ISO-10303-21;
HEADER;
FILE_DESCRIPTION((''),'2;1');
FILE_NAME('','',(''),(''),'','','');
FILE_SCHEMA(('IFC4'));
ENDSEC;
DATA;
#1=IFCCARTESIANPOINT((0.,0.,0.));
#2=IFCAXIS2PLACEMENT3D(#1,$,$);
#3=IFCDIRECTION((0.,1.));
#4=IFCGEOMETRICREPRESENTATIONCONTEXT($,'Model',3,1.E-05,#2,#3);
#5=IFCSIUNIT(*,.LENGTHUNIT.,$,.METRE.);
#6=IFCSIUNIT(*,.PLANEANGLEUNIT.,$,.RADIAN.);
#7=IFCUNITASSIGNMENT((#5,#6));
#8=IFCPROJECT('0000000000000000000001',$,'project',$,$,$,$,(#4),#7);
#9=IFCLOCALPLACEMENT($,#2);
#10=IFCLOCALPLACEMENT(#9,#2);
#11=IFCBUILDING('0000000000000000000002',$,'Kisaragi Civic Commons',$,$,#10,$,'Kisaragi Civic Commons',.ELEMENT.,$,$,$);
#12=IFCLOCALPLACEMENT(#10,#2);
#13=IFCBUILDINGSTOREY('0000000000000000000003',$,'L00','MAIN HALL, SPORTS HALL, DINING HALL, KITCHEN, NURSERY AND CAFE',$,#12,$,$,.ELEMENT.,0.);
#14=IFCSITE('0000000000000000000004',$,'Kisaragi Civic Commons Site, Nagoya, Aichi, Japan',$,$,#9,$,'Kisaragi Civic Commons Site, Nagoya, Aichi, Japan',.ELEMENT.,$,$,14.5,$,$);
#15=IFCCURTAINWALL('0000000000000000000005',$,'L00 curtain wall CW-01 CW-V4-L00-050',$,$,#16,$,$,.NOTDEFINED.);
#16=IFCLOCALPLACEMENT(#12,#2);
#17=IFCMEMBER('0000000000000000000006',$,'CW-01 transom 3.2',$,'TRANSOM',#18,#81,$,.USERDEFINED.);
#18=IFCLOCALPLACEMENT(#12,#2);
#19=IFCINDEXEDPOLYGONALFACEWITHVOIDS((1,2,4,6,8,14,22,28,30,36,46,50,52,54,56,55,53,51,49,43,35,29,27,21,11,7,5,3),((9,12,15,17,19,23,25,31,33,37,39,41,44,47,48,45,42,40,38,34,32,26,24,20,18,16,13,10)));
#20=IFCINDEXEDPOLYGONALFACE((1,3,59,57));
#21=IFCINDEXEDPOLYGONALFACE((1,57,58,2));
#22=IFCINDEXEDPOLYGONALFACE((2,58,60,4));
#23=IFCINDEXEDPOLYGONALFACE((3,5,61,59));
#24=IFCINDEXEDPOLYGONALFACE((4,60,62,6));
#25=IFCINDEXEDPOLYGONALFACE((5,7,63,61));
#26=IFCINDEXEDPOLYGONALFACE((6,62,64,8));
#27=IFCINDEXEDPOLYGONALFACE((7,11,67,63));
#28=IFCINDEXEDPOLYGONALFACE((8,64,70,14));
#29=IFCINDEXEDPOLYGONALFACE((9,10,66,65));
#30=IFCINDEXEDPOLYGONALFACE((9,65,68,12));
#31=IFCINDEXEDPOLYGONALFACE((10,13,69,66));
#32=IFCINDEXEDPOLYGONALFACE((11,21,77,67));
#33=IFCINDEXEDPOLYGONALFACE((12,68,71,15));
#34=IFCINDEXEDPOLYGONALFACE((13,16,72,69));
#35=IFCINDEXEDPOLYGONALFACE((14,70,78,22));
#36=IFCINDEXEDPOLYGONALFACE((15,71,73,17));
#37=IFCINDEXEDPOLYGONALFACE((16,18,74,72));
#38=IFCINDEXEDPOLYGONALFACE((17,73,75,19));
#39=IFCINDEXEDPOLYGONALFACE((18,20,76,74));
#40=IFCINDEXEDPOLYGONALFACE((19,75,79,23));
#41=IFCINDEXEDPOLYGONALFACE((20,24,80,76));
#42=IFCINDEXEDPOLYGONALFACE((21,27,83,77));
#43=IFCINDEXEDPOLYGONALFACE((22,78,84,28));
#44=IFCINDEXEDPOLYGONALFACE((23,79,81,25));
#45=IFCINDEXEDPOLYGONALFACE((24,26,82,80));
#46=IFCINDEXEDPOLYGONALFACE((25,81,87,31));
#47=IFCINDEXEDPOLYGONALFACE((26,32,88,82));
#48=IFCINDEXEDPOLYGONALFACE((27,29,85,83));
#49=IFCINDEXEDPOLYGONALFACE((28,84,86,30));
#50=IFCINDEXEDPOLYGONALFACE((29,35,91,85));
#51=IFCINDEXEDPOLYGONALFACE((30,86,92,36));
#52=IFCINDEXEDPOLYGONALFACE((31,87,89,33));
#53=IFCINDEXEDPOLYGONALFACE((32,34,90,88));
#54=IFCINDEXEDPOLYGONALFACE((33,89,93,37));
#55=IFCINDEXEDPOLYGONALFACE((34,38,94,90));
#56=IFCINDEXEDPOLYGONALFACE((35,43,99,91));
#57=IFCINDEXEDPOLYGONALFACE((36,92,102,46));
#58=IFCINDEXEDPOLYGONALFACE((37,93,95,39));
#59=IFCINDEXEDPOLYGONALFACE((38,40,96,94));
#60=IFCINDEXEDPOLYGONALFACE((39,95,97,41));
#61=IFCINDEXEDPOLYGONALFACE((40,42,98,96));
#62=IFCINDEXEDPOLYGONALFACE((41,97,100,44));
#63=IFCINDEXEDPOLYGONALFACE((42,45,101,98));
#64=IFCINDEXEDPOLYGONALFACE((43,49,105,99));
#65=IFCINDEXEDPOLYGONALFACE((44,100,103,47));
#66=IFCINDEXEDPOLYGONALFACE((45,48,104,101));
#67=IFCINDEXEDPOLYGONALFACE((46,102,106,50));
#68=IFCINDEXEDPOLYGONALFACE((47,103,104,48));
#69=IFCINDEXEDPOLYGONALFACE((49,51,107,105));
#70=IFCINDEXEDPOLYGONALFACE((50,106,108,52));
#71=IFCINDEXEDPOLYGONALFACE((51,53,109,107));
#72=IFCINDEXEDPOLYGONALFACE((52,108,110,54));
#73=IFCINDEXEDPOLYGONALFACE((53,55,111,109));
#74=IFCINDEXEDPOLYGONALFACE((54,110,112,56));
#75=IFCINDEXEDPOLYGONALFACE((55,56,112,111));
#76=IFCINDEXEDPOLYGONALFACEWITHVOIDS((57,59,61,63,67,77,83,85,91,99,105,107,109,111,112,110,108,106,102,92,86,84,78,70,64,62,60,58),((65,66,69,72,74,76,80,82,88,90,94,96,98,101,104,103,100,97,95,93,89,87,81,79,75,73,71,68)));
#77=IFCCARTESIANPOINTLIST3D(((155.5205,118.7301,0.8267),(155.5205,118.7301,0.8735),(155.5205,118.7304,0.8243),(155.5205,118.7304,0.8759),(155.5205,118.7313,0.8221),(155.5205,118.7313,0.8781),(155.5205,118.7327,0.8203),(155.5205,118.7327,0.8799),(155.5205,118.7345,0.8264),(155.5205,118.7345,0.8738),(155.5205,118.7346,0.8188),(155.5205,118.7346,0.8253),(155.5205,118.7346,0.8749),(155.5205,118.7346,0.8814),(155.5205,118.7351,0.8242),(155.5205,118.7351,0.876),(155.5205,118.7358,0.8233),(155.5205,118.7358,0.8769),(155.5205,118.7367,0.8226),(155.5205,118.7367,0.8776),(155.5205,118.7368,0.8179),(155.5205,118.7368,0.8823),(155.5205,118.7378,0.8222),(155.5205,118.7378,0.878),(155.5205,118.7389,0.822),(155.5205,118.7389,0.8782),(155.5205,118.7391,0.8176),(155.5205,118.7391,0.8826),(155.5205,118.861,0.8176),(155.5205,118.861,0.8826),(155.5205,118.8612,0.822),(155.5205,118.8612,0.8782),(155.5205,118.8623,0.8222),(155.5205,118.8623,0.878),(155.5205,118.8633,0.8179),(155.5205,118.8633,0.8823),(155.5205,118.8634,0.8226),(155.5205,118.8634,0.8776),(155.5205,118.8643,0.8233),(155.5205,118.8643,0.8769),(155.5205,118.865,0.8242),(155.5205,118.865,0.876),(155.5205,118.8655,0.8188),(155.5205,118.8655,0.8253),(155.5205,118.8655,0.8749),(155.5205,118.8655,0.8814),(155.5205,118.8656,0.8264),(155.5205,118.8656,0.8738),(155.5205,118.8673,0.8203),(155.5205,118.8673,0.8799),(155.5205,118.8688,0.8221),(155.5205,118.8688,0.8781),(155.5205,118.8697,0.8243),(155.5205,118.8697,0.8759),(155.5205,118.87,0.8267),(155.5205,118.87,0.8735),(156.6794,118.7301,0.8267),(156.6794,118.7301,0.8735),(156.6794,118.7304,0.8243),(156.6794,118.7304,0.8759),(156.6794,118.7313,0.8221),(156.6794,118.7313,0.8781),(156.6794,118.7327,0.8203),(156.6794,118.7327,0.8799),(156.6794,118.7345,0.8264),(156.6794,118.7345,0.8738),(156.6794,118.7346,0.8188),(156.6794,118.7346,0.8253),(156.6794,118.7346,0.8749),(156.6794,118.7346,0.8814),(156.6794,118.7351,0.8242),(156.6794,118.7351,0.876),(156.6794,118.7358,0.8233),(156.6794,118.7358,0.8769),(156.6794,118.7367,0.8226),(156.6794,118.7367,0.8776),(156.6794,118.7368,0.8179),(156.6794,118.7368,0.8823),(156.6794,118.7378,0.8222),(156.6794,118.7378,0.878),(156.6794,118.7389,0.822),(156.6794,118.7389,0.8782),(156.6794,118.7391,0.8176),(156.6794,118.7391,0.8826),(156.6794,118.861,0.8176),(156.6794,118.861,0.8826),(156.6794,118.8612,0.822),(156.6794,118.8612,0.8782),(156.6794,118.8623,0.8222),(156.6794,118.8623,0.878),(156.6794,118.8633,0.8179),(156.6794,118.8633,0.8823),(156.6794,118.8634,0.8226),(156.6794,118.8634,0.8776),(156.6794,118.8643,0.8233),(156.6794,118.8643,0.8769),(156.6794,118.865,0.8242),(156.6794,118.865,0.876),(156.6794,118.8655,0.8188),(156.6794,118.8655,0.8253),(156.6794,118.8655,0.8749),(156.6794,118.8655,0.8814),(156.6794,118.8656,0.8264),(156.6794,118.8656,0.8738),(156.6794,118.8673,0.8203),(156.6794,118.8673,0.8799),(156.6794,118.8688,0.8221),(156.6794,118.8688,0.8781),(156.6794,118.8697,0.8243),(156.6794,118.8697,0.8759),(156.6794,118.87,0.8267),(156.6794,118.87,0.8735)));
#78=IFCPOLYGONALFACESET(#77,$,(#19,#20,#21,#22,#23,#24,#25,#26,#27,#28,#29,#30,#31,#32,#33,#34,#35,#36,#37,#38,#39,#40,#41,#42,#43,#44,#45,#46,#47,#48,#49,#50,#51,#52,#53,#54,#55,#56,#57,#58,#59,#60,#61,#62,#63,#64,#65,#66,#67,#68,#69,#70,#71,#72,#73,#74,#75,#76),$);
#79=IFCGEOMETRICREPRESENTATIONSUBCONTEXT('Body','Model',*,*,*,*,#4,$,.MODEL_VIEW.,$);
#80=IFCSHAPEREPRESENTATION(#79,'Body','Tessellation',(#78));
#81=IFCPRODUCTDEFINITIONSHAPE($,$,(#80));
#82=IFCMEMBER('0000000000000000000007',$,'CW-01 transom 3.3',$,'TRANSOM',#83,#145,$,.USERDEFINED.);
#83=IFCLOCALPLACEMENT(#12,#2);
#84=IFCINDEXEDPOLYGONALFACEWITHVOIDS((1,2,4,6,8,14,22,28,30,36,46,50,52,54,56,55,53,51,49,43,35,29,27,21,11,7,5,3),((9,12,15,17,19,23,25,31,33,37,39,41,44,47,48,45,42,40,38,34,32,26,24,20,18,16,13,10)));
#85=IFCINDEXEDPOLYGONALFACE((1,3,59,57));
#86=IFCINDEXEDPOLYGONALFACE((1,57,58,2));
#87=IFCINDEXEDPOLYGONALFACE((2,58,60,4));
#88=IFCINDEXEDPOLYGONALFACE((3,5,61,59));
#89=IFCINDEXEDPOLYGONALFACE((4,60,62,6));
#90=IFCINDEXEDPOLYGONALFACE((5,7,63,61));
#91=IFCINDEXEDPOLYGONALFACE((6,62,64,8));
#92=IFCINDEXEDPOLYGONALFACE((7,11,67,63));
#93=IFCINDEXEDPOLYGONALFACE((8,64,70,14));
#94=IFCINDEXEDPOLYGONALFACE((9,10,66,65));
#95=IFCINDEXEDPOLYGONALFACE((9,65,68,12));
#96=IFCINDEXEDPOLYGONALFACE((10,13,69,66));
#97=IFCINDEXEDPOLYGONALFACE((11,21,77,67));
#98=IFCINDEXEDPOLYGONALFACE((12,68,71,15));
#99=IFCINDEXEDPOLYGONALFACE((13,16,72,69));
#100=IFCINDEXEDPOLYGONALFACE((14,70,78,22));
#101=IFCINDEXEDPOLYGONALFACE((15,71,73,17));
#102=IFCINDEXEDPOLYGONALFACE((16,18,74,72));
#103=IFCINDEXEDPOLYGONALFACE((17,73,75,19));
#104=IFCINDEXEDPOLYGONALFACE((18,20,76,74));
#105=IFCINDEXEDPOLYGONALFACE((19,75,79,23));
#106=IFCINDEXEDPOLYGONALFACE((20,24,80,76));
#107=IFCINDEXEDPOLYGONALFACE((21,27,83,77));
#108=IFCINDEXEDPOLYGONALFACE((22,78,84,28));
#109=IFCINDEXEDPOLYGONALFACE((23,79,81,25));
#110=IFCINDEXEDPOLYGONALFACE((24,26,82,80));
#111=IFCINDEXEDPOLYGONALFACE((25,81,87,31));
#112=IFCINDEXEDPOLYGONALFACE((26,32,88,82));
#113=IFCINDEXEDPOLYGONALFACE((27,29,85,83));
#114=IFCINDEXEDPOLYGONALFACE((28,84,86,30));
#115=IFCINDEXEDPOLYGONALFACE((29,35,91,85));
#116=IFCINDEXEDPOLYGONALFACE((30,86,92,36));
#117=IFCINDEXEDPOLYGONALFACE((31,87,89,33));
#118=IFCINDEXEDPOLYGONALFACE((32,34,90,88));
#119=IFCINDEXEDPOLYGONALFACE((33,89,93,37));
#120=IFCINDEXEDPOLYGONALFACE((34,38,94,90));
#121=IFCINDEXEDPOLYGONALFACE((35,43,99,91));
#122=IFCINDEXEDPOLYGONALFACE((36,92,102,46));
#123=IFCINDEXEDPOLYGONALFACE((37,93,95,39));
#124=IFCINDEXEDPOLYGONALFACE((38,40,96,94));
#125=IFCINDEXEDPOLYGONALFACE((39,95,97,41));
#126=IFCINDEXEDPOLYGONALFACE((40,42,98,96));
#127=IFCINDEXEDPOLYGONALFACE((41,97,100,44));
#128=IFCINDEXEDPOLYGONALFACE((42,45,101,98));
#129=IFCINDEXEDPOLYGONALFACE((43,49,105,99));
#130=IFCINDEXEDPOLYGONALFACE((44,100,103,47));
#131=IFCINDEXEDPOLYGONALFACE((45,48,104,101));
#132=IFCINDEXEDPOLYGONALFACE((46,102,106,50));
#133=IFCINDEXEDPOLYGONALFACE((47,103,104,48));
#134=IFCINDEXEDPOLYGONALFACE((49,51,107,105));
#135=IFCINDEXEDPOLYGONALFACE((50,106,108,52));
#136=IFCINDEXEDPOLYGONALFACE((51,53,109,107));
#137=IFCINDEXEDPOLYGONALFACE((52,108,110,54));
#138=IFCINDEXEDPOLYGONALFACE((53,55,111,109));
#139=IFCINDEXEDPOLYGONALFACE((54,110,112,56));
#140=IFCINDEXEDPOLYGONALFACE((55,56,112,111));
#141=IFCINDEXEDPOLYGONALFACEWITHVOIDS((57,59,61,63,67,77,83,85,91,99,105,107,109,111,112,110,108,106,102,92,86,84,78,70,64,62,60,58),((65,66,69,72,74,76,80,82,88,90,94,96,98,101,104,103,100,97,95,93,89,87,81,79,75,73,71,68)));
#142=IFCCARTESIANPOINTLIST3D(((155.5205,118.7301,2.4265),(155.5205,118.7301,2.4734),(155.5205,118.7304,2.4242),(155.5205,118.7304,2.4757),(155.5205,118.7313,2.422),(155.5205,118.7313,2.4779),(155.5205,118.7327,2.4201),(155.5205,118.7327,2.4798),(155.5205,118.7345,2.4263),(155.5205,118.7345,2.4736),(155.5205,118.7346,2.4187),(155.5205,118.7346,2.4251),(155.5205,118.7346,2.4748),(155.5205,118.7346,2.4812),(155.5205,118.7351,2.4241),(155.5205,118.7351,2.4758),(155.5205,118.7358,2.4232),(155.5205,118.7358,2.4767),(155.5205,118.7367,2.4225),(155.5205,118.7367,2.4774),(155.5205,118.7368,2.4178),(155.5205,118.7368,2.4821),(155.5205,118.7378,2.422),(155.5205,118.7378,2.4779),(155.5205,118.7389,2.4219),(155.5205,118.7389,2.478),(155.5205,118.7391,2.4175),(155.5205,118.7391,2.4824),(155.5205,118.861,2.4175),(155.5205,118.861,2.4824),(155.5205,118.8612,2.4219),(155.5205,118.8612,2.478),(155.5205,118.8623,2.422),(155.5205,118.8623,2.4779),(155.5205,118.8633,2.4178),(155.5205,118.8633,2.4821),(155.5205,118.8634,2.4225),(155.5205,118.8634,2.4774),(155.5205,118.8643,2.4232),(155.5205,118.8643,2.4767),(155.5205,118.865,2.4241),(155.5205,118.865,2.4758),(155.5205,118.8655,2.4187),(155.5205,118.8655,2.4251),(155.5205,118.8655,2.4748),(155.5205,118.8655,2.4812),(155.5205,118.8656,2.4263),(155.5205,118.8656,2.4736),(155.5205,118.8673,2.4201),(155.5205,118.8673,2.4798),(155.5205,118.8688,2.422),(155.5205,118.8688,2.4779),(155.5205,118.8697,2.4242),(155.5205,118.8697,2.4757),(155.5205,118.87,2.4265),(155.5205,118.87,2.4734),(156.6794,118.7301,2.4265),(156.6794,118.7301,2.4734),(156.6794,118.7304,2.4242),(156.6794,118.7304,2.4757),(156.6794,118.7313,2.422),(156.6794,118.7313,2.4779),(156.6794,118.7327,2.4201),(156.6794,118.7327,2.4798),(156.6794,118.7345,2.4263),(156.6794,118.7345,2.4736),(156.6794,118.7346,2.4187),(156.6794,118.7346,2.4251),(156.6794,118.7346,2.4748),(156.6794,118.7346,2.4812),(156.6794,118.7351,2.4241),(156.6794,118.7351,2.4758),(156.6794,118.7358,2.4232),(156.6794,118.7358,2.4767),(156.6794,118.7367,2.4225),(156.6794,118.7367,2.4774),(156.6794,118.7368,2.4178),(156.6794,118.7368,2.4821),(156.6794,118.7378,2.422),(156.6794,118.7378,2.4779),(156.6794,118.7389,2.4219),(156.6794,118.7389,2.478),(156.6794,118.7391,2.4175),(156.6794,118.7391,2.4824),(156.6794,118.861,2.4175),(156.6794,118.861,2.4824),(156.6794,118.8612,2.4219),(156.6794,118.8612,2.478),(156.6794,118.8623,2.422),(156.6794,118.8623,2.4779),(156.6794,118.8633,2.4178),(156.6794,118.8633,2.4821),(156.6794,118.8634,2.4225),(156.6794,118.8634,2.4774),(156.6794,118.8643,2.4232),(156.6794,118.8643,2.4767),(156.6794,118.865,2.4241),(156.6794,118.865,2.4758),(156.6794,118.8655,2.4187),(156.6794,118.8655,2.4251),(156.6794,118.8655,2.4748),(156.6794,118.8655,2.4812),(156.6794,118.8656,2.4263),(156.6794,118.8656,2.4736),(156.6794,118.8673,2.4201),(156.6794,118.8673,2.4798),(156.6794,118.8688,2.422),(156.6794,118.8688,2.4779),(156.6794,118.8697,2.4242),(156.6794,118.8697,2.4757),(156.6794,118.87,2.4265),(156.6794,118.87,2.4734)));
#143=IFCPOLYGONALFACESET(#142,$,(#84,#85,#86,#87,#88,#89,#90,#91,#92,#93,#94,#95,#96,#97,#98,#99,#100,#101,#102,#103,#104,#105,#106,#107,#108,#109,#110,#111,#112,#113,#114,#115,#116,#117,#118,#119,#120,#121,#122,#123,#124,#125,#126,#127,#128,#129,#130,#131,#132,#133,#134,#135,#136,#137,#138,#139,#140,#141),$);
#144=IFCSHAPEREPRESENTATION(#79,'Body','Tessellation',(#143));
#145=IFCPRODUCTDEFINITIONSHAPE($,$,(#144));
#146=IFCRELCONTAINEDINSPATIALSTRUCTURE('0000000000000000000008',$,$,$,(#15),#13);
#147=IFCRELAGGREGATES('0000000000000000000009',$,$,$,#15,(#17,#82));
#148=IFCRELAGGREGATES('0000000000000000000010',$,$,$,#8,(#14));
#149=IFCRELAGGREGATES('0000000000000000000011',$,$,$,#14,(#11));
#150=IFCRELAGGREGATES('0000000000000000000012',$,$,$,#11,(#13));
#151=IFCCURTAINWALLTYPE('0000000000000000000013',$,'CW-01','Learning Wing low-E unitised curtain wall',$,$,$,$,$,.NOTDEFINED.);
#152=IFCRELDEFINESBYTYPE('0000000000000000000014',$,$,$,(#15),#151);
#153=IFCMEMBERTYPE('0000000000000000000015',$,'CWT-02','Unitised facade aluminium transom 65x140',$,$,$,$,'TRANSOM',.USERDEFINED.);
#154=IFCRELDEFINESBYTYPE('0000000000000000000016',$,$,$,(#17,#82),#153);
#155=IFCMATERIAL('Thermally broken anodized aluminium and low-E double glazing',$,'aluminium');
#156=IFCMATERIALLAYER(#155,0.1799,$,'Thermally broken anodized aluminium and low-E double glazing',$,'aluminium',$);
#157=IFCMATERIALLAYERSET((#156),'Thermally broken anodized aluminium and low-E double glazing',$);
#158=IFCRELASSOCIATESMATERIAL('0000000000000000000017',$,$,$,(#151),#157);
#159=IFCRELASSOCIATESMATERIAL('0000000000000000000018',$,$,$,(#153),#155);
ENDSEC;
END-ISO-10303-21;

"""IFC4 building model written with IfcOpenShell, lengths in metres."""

from ifc_helpers import new_model, si_unit, direction, frame, origin, origin_2d, place, context, subcontext, project, spatial, hollow_rectangle, extrude, material, layer, layer_set, material_profile, profile_set, type_object, element, aggregate, save


model = new_model("IFC4")

# Units and contexts
model_context = context("Model", 3, precision=1e-05, world=origin(), true_north=direction((0.0, 1.0)))
body_context = subcontext(model_context, "Body", "Model", "MODEL_VIEW")
ifc_project = project(units=[si_unit("LENGTHUNIT", "METRE"), si_unit("PLANEANGLEUNIT", "RADIAN")], contexts=[model_context])

# Site, building, storey
site_placement = place(None, origin())
site = spatial("IfcSite", under=ifc_project, at=site_placement, Name="Kisaragi Civic Commons Site, Nagoya, Aichi, Japan", LongName="Kisaragi Civic Commons Site, Nagoya, Aichi, Japan", CompositionType="ELEMENT", RefElevation=14.5)
building_placement = place(site_placement, origin())
building = spatial("IfcBuilding", under=site, at=building_placement, Name="Kisaragi Civic Commons", LongName="Kisaragi Civic Commons", CompositionType="ELEMENT")
storey_placement = place(building_placement, origin())
storey = spatial("IfcBuildingStorey", under=building, at=storey_placement, Name="L00", Description="MAIN HALL, SPORTS HALL, DINING HALL, KITCHEN, NURSERY AND CAFE", CompositionType="ELEMENT", Elevation=0.0)

# Curtain wall
ifc_material_1 = material(Name="Thermally broken anodized aluminium and low-E double glazing", Category="aluminium")
ifc_layer_1 = layer(ifc_material_1, 0.1799, Name="Thermally broken anodized aluminium and low-E double glazing", Category="aluminium")
ifc_layer_set_1 = layer_set([ifc_layer_1], Name="Thermally broken anodized aluminium and low-E double glazing")
curtain_wall_type = type_object("IfcCurtainWallType", Name="CW-01", Description="Learning Wing low-E unitised curtain wall", PredefinedType="NOTDEFINED", material=ifc_layer_set_1)
curtain_wall_1_placement = place(storey_placement, origin())
curtain_wall_1 = element("IfcCurtainWall", 1, at=curtain_wall_1_placement, inside=storey, type_object=curtain_wall_type, Name="L00 curtain wall CW-01 CW-V4-L00-050", PredefinedType="NOTDEFINED")

# Members
ifc_material_profile_1 = material_profile(ifc_material_1, hollow_rectangle(XDim=0.1399, YDim=0.0649, WallThickness=0.0044, InnerFilletRadius=0.0044, OuterFilletRadius=0.009, at=origin_2d()), Name="CWT-65x140x4.5", Category="aluminium")
ifc_profile_set_1 = profile_set([ifc_material_profile_1], Name="Thermally broken anodized aluminium and low-E double glazing")
member_type_1 = type_object("IfcMemberType", Name="CWT-02", Description="Unitised facade aluminium transom 65x140", ElementType="TRANSOM", PredefinedType="USERDEFINED", material=ifc_profile_set_1)
member_1_placement = place(storey_placement, frame((155.5205, 118.8, 0.8501), z_axis=(1.0, 0.0, 0.0), x_axis=(0.0, 1.0, 0.0)))
member_1 = element("IfcMember", 2, at=member_1_placement, type_object=member_type_1, Name="CW-01 transom 3.2", ObjectType="TRANSOM", PredefinedType="USERDEFINED", context=body_context, shape_type="SweptSolid", body=[
    extrude(hollow_rectangle(XDim=0.1399, YDim=0.0649, WallThickness=0.0044, InnerFilletRadius=0.0044, OuterFilletRadius=0.009, at=origin_2d()), origin(), (0.0, 0.0, 1.0), 1.1589),
])
member_2_placement = place(storey_placement, frame((155.5205, 118.8, 2.45), z_axis=(1.0, 0.0, 0.0), x_axis=(0.0, 1.0, 0.0)))
member_2 = element("IfcMember", 3, at=member_2_placement, type_object=member_type_1, Name="CW-01 transom 3.3", ObjectType="TRANSOM", PredefinedType="USERDEFINED", context=body_context, shape_type="SweptSolid", body=[
    extrude(hollow_rectangle(XDim=0.1399, YDim=0.0649, WallThickness=0.0044, InnerFilletRadius=0.0044, OuterFilletRadius=0.009, at=origin_2d()), origin(), (0.0, 0.0, 1.0), 1.1589),
])

aggregate(curtain_wall_1, [member_1, member_2])

save(model, "model.ifc")
